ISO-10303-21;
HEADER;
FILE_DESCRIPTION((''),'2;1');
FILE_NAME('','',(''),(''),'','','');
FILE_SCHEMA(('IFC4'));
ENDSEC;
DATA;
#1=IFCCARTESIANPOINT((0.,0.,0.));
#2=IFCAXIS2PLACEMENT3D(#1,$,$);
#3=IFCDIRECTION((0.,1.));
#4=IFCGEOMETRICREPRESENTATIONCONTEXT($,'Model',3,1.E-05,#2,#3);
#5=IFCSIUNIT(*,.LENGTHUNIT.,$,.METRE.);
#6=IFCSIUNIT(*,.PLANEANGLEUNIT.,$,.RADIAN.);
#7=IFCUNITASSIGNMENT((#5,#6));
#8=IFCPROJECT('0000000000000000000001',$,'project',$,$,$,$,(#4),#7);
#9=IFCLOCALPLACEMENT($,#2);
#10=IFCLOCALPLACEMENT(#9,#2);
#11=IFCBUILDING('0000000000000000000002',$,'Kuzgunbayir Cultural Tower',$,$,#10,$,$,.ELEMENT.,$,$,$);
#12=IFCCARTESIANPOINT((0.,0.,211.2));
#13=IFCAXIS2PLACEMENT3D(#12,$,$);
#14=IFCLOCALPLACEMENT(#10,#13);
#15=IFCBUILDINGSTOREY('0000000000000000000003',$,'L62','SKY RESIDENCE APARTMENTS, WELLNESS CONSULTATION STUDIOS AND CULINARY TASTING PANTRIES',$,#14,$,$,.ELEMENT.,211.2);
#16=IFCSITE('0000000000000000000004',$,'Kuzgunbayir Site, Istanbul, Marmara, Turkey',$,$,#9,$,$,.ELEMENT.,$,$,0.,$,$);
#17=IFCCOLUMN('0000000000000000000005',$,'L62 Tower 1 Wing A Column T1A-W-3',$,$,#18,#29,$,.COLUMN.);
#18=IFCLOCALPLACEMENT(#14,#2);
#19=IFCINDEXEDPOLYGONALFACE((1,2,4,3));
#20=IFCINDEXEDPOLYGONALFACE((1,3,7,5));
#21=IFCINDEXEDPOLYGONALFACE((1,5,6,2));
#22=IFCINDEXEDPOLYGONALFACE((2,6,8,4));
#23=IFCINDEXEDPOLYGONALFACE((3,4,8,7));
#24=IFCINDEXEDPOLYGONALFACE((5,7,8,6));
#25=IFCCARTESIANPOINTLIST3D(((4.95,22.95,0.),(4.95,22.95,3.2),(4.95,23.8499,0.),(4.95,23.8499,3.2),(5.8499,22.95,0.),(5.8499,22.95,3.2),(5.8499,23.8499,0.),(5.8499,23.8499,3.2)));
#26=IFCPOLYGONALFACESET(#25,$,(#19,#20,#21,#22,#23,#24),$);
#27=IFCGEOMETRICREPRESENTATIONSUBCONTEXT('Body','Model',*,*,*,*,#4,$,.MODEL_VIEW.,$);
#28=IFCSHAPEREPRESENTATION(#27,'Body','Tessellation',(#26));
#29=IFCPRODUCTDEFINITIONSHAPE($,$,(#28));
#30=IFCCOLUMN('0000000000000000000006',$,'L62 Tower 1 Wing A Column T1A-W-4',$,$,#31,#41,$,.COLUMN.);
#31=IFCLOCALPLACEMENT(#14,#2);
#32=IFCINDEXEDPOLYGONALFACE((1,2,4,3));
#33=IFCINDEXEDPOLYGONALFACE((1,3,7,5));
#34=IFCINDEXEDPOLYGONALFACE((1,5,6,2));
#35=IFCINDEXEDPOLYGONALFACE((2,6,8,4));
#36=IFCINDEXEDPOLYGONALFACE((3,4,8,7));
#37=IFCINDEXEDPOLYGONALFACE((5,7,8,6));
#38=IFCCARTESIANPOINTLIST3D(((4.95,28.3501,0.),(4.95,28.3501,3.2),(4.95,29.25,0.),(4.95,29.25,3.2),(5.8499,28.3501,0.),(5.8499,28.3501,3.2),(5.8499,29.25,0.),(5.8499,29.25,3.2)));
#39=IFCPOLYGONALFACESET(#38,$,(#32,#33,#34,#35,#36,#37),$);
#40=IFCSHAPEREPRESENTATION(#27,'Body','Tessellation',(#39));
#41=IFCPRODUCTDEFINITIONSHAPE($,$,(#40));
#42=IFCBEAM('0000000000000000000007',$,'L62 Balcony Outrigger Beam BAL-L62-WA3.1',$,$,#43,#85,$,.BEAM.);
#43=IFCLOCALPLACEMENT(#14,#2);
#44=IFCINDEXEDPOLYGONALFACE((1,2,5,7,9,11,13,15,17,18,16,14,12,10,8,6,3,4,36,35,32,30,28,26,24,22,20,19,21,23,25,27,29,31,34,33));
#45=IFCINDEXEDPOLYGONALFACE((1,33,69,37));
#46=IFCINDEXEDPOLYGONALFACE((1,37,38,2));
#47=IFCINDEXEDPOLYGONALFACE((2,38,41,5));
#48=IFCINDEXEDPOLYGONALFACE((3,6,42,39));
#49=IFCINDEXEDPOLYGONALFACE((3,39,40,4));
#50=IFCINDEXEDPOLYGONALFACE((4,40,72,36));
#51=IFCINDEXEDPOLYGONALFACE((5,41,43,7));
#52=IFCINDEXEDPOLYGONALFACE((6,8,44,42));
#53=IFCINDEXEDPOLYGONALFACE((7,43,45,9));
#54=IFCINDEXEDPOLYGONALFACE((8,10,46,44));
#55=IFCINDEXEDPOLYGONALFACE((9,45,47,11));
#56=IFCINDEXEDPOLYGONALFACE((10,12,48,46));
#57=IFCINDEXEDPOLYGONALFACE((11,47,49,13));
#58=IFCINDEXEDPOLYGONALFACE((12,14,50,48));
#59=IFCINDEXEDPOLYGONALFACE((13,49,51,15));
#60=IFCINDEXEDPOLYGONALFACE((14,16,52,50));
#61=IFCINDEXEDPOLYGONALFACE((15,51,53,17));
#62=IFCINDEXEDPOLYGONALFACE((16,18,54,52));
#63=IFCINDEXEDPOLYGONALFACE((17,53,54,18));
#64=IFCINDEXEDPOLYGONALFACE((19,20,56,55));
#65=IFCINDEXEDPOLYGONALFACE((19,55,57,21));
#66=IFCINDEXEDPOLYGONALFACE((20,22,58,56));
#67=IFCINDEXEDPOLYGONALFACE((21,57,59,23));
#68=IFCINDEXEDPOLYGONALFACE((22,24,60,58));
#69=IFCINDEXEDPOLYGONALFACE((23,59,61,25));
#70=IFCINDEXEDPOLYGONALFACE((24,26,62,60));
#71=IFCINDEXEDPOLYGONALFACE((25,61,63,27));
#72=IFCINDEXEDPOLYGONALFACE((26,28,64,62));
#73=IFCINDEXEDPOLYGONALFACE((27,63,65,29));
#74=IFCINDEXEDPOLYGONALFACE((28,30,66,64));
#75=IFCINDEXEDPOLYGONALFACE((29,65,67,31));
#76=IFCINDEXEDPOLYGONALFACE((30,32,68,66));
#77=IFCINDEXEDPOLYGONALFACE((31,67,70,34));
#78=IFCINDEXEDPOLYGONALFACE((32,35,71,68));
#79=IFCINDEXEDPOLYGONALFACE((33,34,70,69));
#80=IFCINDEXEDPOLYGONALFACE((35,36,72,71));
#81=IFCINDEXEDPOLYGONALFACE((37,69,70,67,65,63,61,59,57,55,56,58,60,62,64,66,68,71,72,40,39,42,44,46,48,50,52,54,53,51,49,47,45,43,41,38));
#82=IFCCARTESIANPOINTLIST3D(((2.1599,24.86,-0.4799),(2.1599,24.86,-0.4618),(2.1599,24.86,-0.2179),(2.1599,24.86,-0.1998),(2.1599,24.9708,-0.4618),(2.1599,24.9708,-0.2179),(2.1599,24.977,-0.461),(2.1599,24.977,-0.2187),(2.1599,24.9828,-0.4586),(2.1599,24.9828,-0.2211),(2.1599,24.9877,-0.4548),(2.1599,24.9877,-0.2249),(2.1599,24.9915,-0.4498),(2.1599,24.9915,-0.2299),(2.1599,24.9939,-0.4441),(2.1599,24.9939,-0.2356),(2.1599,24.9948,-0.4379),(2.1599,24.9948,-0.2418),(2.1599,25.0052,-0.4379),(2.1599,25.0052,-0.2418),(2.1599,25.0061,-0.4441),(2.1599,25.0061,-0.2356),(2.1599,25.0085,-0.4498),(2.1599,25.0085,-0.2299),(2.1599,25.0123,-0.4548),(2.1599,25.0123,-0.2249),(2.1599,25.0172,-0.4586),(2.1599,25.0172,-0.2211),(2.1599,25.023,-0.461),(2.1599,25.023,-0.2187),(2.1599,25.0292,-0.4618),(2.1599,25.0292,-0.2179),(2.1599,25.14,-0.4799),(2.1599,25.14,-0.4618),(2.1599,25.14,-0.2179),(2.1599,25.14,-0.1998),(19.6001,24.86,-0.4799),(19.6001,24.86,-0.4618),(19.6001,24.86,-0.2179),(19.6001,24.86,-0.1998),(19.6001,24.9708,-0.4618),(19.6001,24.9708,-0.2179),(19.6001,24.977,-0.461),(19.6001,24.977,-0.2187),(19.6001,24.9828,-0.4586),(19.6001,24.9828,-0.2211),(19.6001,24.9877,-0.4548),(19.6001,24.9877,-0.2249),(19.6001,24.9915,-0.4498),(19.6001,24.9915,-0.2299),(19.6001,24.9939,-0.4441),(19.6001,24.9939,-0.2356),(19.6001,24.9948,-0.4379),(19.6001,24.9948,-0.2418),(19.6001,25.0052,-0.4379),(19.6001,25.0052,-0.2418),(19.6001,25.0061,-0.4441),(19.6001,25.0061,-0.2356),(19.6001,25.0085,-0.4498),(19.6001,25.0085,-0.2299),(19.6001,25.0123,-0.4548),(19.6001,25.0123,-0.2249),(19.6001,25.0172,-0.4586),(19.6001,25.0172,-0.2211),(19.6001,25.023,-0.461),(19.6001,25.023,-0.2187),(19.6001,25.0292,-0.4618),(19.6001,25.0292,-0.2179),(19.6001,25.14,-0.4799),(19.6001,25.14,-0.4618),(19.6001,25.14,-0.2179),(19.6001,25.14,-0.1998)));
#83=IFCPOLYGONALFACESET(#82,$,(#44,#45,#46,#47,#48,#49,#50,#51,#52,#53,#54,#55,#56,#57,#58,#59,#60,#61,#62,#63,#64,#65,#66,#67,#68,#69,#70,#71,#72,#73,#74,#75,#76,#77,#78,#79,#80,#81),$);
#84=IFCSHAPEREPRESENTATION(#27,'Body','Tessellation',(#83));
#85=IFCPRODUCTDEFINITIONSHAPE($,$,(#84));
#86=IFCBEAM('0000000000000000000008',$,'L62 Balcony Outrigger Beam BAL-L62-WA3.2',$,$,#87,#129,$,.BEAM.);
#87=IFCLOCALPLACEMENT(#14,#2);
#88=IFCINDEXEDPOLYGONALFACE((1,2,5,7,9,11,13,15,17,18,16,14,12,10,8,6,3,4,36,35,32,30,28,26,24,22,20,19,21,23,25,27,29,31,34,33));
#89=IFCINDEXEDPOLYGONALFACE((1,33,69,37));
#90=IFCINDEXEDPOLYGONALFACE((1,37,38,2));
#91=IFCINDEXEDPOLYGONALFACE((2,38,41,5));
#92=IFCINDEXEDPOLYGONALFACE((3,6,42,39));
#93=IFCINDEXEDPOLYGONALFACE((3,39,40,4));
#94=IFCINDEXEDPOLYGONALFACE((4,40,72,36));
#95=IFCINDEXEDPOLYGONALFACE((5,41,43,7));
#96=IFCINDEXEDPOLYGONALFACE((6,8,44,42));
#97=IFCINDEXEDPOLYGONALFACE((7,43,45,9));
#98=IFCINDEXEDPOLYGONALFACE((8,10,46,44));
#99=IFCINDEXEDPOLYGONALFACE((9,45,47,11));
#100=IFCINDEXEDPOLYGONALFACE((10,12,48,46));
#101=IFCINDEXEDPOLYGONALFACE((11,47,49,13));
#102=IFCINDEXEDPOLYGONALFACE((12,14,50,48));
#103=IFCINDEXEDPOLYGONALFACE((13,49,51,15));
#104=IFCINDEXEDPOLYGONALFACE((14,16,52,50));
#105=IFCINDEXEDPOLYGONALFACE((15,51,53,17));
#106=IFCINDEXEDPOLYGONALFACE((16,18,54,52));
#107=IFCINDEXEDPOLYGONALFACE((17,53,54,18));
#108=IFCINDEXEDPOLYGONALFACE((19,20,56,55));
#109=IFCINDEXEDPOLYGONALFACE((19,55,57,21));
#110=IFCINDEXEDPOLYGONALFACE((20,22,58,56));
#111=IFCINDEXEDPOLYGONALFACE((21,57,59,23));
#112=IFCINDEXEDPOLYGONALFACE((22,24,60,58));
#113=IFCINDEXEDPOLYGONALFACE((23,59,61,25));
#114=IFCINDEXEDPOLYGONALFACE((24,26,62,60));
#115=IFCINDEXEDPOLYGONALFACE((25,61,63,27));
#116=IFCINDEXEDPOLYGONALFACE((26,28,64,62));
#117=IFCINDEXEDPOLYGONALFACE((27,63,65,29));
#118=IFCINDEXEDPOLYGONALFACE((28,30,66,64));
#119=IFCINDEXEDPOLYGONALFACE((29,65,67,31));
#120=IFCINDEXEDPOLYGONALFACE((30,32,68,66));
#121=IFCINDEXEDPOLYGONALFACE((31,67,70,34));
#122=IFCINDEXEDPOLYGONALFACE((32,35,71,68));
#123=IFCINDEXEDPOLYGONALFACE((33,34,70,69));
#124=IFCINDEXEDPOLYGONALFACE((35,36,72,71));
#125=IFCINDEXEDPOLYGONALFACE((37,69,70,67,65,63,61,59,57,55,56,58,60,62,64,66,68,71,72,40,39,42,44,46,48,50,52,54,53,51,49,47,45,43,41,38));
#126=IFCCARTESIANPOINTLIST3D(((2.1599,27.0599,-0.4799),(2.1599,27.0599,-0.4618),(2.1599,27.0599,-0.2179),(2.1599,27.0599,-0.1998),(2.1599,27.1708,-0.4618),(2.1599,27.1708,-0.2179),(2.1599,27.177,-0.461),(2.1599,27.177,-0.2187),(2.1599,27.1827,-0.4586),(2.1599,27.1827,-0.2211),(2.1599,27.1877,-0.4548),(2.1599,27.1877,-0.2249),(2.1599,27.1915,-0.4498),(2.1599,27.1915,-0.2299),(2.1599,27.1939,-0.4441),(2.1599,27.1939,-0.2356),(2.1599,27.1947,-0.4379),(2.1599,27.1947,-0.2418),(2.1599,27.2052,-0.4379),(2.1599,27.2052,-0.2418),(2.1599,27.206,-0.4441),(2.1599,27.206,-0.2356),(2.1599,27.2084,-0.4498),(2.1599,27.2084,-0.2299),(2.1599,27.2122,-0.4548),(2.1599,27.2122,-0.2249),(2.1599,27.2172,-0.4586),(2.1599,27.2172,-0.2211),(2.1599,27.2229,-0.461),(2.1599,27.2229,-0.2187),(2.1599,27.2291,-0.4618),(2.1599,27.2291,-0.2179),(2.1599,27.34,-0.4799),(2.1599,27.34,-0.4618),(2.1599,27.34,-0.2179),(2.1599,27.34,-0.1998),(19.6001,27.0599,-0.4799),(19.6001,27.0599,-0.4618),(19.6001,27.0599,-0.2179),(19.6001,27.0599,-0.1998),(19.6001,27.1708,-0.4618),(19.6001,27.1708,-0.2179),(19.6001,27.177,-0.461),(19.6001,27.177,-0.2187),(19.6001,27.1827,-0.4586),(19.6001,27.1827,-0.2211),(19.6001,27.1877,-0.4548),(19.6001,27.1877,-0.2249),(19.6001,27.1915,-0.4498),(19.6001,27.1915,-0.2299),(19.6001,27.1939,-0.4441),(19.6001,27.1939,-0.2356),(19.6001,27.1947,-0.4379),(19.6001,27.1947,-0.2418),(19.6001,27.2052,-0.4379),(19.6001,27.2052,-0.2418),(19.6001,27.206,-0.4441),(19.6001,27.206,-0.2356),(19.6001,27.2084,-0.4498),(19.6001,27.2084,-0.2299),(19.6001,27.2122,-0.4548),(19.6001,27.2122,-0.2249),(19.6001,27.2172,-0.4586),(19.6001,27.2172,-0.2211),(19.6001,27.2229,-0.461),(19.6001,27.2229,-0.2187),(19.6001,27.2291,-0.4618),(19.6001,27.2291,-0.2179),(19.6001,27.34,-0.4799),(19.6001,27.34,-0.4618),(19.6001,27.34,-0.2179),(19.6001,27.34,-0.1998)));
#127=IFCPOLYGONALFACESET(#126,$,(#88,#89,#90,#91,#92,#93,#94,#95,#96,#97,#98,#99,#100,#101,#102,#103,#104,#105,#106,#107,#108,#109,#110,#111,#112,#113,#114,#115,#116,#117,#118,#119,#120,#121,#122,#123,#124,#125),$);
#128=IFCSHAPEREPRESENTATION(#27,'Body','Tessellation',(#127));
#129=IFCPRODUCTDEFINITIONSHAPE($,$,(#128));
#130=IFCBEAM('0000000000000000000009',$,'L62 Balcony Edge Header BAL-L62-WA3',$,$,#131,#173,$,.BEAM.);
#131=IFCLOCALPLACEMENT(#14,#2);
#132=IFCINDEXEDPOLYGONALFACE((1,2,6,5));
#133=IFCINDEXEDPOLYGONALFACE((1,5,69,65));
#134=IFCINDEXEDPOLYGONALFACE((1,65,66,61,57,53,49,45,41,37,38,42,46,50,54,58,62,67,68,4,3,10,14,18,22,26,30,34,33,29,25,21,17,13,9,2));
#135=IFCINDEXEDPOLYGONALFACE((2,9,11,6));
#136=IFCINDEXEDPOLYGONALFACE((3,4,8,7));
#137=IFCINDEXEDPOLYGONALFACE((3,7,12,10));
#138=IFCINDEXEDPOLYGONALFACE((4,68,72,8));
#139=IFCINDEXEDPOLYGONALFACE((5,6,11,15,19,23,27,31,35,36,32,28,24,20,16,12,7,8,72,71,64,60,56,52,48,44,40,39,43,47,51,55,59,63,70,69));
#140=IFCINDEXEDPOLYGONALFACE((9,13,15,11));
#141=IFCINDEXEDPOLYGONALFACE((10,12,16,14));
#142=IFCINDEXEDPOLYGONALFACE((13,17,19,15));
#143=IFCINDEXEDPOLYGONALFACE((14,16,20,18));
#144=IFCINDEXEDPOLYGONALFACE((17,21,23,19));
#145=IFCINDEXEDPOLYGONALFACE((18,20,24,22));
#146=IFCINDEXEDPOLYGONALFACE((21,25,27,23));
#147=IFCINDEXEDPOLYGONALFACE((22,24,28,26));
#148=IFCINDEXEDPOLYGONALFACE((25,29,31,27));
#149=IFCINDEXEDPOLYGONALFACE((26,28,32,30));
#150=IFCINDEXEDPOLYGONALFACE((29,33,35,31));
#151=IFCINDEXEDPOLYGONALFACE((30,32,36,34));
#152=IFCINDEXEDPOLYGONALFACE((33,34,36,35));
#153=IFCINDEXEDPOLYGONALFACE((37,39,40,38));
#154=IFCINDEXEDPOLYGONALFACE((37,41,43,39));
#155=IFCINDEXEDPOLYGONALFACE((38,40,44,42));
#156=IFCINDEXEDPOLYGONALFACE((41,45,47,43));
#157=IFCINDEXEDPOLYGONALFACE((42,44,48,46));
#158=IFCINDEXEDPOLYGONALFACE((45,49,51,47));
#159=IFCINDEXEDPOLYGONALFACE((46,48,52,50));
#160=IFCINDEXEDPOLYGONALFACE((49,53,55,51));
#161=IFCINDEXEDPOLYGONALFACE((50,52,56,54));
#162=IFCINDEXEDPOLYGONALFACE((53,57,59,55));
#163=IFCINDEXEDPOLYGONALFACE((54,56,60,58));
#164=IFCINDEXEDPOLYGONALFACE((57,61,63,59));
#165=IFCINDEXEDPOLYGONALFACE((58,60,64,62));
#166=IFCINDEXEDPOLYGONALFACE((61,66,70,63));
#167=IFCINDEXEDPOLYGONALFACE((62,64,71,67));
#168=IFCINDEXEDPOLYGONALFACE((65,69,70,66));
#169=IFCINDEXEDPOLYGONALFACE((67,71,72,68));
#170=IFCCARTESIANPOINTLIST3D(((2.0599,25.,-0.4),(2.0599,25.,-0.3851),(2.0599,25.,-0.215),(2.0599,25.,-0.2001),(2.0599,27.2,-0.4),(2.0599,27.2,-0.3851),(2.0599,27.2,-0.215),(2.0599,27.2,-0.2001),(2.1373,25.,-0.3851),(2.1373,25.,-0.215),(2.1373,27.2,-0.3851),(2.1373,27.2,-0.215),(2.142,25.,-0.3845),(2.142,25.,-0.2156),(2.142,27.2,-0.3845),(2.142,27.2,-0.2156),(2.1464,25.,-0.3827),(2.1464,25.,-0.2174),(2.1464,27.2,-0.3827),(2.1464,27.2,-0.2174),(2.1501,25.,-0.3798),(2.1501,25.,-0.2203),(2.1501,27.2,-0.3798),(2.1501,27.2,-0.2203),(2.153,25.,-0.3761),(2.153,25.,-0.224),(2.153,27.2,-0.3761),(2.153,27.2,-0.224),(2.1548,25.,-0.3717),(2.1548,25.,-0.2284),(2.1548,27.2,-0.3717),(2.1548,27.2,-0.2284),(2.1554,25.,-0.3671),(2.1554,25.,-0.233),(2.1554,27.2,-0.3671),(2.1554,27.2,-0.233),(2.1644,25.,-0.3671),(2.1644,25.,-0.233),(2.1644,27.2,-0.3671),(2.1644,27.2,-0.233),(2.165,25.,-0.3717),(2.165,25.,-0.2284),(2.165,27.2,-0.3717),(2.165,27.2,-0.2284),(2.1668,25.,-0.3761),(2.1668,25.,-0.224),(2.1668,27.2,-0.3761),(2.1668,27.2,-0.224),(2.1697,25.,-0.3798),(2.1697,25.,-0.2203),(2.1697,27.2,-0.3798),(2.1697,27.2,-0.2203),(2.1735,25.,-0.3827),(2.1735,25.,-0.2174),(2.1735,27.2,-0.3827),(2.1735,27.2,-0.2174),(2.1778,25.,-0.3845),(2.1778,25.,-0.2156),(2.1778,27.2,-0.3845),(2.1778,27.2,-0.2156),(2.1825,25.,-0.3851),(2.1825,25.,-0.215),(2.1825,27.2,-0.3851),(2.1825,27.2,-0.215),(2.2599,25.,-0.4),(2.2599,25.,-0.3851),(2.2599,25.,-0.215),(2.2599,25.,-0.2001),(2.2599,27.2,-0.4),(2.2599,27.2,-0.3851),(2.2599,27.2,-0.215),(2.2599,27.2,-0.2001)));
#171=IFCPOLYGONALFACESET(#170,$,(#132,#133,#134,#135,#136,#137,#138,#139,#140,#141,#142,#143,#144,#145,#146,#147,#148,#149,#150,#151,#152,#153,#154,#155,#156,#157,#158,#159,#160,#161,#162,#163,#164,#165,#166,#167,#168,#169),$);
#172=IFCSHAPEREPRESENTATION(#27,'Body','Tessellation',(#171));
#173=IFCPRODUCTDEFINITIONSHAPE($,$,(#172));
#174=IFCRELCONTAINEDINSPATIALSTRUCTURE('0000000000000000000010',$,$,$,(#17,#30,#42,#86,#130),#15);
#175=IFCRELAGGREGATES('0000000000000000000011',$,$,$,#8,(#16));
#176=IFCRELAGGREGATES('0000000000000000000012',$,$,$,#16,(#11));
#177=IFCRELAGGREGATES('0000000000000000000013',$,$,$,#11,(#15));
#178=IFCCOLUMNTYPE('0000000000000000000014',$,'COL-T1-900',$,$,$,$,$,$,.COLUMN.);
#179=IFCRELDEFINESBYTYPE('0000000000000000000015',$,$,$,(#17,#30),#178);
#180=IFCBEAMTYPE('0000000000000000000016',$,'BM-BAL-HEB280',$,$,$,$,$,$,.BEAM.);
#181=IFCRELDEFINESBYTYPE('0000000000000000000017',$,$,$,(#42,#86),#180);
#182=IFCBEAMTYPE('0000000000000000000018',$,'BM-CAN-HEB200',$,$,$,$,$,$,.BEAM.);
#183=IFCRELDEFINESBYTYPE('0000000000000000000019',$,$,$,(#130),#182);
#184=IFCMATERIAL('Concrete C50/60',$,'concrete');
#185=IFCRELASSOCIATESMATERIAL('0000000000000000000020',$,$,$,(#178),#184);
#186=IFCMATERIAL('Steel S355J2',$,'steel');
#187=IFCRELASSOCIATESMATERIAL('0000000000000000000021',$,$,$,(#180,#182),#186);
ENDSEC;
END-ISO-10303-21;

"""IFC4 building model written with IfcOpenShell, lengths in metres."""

from ifc_helpers import new_model, si_unit, direction, frame, origin, origin_2d, place, context, subcontext, project, spatial, rectangle, i_section, extrude, material, material_profile, profile_set, type_object, element, save


model = new_model("IFC4")

# Units and contexts
model_context = context("Model", 3, precision=1e-05, world=origin(), true_north=direction((0.0, 1.0)))
body_context = subcontext(model_context, "Body", "Model", "MODEL_VIEW")
ifc_project = project(units=[si_unit("LENGTHUNIT", "METRE"), si_unit("PLANEANGLEUNIT", "RADIAN")], contexts=[model_context])

# Site, building, storey
site_placement = place(None, origin())
site = spatial("IfcSite", under=ifc_project, at=site_placement, Name="Kuzgunbayir Site, Istanbul, Marmara, Turkey", CompositionType="ELEMENT", RefElevation=0.0)
building_placement = place(site_placement, origin())
building = spatial("IfcBuilding", under=site, at=building_placement, Name="Kuzgunbayir Cultural Tower", CompositionType="ELEMENT")
storey_placement = place(building_placement, frame((0.0, 0.0, 211.2)))
storey = spatial("IfcBuildingStorey", under=building, at=storey_placement, Name="L62", Description="SKY RESIDENCE APARTMENTS, WELLNESS CONSULTATION STUDIOS AND CULINARY TASTING PANTRIES", CompositionType="ELEMENT", Elevation=211.2)

# Columns
ifc_material_1 = material(Name="Concrete C50/60", Category="concrete")
ifc_material_profile_1 = material_profile(ifc_material_1, rectangle(XDim=0.8999, YDim=0.8999, at=origin_2d()), Name="RC 900x900")
ifc_profile_set_1 = profile_set([ifc_material_profile_1], Name="Concrete C50/60")
column_type = type_object("IfcColumnType", Name="COL-T1-900", PredefinedType="COLUMN", material=ifc_profile_set_1)
for number, where, z_axis, x_axis, name in (
    (1, (5.3999, 23.3999, 0.0), (0.0, 0.0, 1.0), (1.0, 0.0, 0.0), "L62 Tower 1 Wing A Column T1A-W-3"),
    (2, (5.3999, 28.8, 0.0), (0.0, 0.0, 1.0), (1.0, 0.0, 0.0), "L62 Tower 1 Wing A Column T1A-W-4"),
):
    element("IfcColumn", number, at=place(storey_placement, frame(where, z_axis=z_axis, x_axis=x_axis)), inside=storey, type_object=column_type, Name=name, PredefinedType="COLUMN", context=body_context, shape_type="SweptSolid", body=[
        extrude(rectangle(XDim=0.8999, YDim=0.8999, at=origin_2d()), origin(), (0.0, 0.0, 1.0), 3.2),
    ])

# Beams
ifc_material_2 = material(Name="Steel S355J2", Category="steel")
ifc_material_profile_2 = material_profile(ifc_material_2, i_section(OverallWidth=0.28, OverallDepth=0.28, WebThickness=0.0105, FlangeThickness=0.0181, FilletRadius=0.0239, at=origin_2d()), Name="HEB 280")
ifc_profile_set_2 = profile_set([ifc_material_profile_2], Name="Steel S355J2")
beam_type_1 = type_object("IfcBeamType", Name="BM-BAL-HEB280", PredefinedType="BEAM", material=ifc_profile_set_2)
for number, where, z_axis, x_axis, name in (
    (3, (2.1599, 25.0, -0.3398), (1.0, 0.0, 0.0), (0.0, 1.0, 0.0), "L62 Balcony Outrigger Beam BAL-L62-WA3.1"),
    (4, (2.1599, 27.2, -0.3398), (1.0, 0.0, 0.0), (0.0, 1.0, 0.0), "L62 Balcony Outrigger Beam BAL-L62-WA3.2"),
):
    element("IfcBeam", number, at=place(storey_placement, frame(where, z_axis=z_axis, x_axis=x_axis)), inside=storey, type_object=beam_type_1, Name=name, PredefinedType="BEAM", context=body_context, shape_type="SweptSolid", body=[
        extrude(i_section(OverallWidth=0.28, OverallDepth=0.28, WebThickness=0.0105, FlangeThickness=0.0181, FilletRadius=0.0239, at=origin_2d()), origin(), (0.0, 0.0, 1.0), 17.4402),
    ])
ifc_material_profile_3 = material_profile(ifc_material_2, i_section(OverallWidth=0.2, OverallDepth=0.2, WebThickness=0.009, FlangeThickness=0.0149, FilletRadius=0.0181, at=origin_2d()), Name="HEB 200")
ifc_profile_set_3 = profile_set([ifc_material_profile_3], Name="Steel S355J2")
beam_type_2 = type_object("IfcBeamType", Name="BM-CAN-HEB200", PredefinedType="BEAM", material=ifc_profile_set_3)
beam_1_placement = place(storey_placement, frame((2.1599, 25.0, -0.3), z_axis=(0.0, 1.0, 0.0), x_axis=(-1.0, 0.0, 0.0)))
element("IfcBeam", 5, at=beam_1_placement, inside=storey, type_object=beam_type_2, Name="L62 Balcony Edge Header BAL-L62-WA3", PredefinedType="BEAM", context=body_context, shape_type="SweptSolid", body=[
    extrude(i_section(OverallWidth=0.2, OverallDepth=0.2, WebThickness=0.009, FlangeThickness=0.0149, FilletRadius=0.0181, at=origin_2d()), origin(), (0.0, 0.0, 1.0), 2.2),
])

save(model, "model.ifc")
